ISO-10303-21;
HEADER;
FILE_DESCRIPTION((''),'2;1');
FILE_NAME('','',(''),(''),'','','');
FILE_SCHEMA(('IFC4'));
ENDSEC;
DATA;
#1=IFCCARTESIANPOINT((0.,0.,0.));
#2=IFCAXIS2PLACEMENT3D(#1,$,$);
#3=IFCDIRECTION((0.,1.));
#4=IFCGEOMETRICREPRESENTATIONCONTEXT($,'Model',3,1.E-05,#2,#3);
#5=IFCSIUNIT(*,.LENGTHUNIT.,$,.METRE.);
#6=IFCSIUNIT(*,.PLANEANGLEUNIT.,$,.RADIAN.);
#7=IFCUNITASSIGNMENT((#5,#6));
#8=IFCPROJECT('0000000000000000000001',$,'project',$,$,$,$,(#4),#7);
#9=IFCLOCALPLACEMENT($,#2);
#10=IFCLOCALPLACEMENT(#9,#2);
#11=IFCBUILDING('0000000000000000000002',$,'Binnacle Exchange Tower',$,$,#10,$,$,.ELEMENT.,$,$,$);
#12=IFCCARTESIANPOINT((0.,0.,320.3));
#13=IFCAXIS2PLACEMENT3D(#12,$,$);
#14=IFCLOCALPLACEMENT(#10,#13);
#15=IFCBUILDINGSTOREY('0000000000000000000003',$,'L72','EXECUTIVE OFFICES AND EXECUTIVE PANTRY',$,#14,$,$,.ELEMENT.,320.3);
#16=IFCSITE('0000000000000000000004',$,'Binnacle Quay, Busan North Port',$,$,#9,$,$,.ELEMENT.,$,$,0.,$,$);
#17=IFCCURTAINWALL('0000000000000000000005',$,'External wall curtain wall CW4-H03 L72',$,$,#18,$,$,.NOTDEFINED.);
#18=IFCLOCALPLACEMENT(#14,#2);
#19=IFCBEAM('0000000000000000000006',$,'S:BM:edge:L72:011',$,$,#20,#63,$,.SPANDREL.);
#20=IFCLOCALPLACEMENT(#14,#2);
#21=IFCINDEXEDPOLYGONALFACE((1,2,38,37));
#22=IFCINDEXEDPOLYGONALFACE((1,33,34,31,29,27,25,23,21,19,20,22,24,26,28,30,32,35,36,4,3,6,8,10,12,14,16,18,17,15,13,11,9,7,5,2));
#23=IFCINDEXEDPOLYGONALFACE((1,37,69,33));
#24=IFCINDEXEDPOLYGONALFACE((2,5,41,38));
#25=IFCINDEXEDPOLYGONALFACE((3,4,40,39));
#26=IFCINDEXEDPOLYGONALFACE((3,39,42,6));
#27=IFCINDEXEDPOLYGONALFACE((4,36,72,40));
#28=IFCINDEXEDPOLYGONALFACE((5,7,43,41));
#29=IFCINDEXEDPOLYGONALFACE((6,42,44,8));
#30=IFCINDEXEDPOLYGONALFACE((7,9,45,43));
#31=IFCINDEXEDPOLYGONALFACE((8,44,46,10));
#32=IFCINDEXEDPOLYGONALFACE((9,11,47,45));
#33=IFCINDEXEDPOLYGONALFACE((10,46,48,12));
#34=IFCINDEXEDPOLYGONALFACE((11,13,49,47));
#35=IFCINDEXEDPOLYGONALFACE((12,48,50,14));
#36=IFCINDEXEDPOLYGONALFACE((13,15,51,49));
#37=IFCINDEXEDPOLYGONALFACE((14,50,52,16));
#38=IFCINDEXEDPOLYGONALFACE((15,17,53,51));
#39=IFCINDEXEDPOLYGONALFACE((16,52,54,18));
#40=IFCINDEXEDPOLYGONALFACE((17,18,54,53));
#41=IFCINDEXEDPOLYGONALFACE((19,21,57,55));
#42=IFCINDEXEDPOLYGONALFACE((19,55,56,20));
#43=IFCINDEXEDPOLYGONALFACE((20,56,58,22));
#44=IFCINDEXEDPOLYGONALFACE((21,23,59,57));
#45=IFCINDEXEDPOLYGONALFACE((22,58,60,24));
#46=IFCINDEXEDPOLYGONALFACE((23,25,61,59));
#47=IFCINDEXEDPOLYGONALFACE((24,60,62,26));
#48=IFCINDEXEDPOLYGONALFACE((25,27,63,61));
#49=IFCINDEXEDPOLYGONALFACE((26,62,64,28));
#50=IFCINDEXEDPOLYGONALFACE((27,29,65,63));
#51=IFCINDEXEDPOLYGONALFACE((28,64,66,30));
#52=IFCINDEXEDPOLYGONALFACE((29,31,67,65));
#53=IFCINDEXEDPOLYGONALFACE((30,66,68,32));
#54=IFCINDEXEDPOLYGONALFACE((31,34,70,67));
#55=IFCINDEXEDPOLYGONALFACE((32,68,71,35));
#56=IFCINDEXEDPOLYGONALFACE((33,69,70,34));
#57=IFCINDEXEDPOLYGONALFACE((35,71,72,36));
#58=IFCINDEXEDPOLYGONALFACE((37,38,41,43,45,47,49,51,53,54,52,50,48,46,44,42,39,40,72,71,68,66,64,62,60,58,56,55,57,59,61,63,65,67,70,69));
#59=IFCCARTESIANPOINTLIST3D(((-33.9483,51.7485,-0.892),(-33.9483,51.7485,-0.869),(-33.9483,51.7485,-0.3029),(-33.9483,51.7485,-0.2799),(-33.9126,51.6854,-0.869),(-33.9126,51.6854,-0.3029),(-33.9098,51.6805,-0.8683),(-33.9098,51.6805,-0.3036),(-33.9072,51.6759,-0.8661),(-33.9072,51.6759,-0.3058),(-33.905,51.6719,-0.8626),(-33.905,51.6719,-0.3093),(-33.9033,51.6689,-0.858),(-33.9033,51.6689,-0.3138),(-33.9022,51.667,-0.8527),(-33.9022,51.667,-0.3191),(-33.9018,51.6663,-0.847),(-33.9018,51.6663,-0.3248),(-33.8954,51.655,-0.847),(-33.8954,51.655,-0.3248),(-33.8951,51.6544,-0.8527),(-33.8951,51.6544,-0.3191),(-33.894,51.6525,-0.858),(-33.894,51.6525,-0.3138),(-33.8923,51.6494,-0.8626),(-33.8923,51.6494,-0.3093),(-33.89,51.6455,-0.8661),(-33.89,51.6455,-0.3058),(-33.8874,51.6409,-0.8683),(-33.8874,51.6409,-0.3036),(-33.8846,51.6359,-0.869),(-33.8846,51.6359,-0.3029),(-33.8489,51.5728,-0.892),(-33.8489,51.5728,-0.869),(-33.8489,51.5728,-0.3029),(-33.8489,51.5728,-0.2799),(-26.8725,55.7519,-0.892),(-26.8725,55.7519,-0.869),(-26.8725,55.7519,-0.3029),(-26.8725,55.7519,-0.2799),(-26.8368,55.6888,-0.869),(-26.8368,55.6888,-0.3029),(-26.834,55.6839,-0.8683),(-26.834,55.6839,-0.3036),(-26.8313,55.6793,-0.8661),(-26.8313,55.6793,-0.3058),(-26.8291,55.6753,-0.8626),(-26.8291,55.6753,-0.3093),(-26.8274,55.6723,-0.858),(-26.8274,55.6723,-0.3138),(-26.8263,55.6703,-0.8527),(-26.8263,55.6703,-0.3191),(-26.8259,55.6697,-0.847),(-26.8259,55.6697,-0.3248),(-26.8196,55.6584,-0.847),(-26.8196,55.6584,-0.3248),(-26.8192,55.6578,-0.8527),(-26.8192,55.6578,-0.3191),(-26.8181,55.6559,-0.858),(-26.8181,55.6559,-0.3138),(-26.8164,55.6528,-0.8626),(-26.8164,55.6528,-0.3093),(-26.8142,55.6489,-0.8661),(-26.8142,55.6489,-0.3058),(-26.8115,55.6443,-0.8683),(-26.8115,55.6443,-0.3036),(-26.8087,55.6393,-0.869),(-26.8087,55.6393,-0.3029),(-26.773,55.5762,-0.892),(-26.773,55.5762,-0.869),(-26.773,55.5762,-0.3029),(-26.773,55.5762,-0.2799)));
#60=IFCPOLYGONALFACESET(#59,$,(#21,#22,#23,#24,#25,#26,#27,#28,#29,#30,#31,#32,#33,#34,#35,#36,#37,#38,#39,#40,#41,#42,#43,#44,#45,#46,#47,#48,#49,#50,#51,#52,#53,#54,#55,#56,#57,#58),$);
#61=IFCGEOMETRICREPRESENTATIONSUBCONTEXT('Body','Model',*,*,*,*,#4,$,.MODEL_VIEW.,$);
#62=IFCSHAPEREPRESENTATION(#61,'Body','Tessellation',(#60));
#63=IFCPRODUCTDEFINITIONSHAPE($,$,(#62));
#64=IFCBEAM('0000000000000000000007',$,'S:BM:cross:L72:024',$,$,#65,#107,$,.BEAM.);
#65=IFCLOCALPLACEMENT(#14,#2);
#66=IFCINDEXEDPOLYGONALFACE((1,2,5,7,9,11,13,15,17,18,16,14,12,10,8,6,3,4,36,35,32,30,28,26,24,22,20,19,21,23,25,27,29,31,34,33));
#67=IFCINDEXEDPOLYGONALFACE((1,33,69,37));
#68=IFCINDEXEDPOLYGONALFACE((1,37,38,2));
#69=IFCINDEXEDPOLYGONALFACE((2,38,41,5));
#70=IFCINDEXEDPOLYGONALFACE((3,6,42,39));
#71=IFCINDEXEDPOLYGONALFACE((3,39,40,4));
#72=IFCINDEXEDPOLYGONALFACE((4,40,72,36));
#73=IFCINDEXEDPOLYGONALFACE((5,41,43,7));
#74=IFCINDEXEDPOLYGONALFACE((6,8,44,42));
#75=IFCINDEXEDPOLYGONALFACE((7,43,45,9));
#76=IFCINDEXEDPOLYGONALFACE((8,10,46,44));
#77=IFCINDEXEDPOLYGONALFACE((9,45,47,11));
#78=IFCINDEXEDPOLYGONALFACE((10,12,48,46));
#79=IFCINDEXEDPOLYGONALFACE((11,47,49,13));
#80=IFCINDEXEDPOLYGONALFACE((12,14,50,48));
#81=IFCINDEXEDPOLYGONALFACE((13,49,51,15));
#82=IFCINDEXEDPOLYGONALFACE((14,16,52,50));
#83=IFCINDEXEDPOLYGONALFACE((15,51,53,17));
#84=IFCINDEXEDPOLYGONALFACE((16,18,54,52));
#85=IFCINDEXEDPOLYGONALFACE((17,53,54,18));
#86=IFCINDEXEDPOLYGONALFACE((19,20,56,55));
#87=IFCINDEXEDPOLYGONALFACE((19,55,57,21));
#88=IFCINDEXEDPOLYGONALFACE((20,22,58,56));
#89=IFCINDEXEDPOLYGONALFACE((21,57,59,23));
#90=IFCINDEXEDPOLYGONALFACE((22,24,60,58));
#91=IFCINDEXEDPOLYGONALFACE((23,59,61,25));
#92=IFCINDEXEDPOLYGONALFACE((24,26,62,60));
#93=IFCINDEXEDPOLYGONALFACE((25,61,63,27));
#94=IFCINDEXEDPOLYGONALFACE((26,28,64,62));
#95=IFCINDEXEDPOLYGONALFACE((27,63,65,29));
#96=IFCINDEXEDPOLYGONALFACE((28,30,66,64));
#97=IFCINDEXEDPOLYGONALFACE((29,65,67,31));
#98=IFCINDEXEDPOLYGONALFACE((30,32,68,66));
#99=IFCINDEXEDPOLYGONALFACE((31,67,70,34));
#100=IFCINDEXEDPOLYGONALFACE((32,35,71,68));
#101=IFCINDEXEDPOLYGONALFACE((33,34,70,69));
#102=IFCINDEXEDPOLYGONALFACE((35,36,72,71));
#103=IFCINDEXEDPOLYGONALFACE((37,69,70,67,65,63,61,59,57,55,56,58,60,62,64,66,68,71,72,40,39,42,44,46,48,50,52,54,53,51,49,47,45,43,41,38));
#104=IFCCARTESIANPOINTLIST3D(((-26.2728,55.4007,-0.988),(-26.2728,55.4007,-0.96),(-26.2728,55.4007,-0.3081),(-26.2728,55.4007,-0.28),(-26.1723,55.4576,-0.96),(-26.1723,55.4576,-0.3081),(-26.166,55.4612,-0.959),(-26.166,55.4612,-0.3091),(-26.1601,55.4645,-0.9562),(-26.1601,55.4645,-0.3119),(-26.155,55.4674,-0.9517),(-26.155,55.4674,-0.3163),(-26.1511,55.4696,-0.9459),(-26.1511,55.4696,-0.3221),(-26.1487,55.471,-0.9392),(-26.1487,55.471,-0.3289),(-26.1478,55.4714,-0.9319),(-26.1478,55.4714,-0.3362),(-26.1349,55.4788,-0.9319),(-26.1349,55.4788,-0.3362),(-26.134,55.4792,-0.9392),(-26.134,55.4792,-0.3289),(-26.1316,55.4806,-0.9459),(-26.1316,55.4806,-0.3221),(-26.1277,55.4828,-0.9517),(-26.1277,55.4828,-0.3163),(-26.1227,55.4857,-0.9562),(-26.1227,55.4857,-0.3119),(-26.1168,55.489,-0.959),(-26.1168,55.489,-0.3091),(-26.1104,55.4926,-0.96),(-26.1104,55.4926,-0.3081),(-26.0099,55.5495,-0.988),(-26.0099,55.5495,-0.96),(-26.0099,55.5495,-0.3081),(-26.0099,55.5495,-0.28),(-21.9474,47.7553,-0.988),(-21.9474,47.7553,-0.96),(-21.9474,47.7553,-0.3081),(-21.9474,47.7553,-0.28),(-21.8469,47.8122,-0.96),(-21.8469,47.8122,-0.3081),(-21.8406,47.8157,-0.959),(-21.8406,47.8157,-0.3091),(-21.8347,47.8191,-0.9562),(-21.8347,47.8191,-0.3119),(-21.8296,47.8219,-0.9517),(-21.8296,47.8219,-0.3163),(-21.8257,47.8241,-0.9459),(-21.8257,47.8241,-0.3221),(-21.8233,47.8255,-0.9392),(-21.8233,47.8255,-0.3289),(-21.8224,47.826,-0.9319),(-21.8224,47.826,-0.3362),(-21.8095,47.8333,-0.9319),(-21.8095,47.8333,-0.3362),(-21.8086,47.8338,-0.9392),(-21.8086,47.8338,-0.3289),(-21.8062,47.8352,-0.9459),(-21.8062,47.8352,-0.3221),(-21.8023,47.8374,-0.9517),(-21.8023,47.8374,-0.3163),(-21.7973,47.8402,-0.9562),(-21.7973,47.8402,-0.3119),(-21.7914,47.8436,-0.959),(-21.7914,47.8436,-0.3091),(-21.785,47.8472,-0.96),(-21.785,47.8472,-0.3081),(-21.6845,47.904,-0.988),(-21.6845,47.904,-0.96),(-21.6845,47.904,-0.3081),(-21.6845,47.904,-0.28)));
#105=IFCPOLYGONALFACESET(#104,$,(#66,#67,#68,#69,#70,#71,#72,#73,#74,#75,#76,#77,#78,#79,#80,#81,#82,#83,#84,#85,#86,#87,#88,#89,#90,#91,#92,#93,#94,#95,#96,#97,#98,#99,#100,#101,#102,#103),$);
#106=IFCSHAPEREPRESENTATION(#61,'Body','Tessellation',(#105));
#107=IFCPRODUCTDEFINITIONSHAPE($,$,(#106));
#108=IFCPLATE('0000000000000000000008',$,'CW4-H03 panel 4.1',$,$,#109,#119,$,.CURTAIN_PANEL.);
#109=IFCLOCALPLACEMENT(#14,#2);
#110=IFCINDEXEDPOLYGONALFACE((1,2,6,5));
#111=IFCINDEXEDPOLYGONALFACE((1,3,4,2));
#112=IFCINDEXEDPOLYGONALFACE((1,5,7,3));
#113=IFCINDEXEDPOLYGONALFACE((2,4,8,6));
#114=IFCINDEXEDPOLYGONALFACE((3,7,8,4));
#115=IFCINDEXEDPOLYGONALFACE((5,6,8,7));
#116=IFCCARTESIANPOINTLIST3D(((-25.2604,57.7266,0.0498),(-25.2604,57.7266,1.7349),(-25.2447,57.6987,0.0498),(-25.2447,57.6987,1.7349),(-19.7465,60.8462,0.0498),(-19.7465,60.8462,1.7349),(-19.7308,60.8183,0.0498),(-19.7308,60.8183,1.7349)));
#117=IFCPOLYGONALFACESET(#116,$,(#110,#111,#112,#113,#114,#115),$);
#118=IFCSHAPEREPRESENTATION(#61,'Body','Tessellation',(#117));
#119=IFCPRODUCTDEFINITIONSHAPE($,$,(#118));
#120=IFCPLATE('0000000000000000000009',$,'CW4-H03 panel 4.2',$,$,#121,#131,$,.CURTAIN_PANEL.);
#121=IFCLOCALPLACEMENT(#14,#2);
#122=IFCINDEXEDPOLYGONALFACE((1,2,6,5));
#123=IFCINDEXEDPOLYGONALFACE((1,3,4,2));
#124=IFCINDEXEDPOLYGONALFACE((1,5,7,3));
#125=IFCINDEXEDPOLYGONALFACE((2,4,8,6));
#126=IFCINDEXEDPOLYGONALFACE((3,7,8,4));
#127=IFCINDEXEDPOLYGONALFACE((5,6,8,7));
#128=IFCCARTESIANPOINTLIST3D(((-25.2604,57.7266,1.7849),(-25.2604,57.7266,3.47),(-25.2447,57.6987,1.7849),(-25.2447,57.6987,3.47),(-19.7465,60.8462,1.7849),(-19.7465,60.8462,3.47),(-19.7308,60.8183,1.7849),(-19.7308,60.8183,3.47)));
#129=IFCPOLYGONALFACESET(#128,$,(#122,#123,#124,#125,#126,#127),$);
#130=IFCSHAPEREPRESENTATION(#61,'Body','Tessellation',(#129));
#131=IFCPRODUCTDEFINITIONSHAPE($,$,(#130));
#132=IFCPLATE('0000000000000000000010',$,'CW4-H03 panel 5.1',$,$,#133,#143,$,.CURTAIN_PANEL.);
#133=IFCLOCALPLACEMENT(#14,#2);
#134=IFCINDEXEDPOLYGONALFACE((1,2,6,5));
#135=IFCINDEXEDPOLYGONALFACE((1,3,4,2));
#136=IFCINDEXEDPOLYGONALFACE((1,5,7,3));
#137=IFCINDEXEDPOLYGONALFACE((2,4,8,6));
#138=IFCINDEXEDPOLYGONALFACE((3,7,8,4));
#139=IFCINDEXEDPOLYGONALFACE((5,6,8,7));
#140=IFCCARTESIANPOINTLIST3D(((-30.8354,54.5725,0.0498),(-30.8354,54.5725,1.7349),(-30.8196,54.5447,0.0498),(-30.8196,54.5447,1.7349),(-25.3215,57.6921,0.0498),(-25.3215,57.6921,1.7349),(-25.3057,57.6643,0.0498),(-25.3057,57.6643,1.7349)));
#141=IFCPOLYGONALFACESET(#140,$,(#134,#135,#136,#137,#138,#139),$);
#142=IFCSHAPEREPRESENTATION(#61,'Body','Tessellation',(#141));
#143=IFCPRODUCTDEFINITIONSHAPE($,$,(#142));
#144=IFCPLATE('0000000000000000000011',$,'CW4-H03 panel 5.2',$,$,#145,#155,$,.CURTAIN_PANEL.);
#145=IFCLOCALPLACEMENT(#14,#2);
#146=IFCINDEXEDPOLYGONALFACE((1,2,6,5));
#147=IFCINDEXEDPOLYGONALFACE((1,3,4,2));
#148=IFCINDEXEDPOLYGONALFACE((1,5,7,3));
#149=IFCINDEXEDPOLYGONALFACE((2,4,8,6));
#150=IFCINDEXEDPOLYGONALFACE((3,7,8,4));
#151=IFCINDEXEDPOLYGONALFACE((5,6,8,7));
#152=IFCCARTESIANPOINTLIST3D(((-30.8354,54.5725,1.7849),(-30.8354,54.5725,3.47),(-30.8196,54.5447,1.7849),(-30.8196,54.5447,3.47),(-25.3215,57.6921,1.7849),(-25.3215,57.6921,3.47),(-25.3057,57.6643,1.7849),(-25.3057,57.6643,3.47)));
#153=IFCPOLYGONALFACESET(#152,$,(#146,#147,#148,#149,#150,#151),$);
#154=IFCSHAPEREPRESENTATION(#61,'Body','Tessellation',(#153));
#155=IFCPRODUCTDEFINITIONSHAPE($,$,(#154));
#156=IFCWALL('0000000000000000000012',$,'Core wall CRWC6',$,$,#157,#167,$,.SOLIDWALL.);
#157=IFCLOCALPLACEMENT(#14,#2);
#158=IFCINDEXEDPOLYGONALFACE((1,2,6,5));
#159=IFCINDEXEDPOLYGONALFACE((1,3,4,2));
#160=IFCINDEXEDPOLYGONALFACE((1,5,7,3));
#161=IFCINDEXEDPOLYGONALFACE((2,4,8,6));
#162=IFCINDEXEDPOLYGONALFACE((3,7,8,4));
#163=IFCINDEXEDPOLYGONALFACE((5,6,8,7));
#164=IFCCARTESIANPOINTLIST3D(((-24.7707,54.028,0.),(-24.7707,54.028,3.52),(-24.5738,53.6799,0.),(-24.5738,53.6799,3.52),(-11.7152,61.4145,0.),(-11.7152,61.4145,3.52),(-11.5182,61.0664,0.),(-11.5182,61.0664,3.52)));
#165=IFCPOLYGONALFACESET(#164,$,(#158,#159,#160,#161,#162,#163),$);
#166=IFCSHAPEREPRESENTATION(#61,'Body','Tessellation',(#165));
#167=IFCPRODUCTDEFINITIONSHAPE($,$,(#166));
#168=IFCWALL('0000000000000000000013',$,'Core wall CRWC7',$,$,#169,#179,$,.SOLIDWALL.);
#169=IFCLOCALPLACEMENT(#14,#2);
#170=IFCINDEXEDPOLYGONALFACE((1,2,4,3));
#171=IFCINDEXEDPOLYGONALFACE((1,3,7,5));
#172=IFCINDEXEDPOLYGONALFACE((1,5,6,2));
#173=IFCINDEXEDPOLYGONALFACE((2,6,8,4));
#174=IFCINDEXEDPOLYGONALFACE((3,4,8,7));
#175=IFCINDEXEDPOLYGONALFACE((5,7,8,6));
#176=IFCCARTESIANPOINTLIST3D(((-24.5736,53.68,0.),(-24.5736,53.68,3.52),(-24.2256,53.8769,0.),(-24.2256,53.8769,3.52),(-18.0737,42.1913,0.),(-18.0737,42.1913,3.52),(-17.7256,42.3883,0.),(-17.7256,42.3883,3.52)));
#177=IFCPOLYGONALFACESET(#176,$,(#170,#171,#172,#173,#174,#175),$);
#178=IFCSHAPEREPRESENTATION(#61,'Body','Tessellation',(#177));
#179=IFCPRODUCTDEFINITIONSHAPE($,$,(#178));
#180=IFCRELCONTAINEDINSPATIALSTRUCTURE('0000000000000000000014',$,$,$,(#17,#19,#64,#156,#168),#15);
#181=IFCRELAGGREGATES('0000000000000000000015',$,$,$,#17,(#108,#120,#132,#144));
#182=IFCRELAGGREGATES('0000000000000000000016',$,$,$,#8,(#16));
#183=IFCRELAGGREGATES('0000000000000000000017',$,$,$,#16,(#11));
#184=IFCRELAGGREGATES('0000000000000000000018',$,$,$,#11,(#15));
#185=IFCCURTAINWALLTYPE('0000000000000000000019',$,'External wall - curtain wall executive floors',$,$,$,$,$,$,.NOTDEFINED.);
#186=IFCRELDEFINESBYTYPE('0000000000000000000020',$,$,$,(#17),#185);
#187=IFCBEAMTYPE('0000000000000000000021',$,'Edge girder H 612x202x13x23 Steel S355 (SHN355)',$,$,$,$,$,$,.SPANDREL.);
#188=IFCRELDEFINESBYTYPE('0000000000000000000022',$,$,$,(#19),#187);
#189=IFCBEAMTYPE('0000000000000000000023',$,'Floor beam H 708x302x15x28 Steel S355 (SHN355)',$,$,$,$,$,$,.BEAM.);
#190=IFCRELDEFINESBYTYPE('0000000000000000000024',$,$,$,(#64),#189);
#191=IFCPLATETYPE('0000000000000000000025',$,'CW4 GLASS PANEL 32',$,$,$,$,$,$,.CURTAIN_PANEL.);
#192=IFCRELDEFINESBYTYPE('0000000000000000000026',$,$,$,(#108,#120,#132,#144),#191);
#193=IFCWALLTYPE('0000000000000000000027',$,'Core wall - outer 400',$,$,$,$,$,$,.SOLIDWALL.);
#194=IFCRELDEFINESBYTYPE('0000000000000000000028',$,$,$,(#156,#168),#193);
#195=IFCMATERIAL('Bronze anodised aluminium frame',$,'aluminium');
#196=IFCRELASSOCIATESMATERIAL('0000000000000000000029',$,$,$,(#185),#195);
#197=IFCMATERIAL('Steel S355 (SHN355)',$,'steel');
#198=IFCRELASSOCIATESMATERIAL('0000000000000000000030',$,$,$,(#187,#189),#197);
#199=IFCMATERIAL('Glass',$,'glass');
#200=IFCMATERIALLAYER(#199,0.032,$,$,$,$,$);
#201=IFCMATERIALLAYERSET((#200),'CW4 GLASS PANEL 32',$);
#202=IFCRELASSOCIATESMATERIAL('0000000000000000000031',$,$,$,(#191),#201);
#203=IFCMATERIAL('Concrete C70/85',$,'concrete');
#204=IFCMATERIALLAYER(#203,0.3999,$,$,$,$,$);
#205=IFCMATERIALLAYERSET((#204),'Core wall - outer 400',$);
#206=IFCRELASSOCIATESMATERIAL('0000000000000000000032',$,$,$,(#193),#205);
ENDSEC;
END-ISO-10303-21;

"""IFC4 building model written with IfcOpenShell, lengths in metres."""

from ifc_helpers import new_model, si_unit, direction, frame, frame_2d, origin, origin_2d, place, context, subcontext, project, spatial, rectangle, i_section, extrude, material, layer, layer_set, material_profile, profile_set, type_object, element, aggregate, save


model = new_model("IFC4")

# Units and contexts
model_context = context("Model", 3, precision=1e-05, world=origin(), true_north=direction((0.0, 1.0)))
body_context = subcontext(model_context, "Body", "Model", "MODEL_VIEW")
ifc_project = project(units=[si_unit("LENGTHUNIT", "METRE"), si_unit("PLANEANGLEUNIT", "RADIAN")], contexts=[model_context])

# Site, building, storey
site_placement = place(None, origin())
site = spatial("IfcSite", under=ifc_project, at=site_placement, Name="Binnacle Quay, Busan North Port", CompositionType="ELEMENT", RefElevation=0.0)
building_placement = place(site_placement, origin())
building = spatial("IfcBuilding", under=site, at=building_placement, Name="Binnacle Exchange Tower", CompositionType="ELEMENT")
storey_placement = place(building_placement, frame((0.0, 0.0, 320.3)))
storey = spatial("IfcBuildingStorey", under=building, at=storey_placement, Name="L72", Description="EXECUTIVE OFFICES AND EXECUTIVE PANTRY", CompositionType="ELEMENT", Elevation=320.3)

# Curtain wall
ifc_material_1 = material(Name="Bronze anodised aluminium frame", Category="aluminium")
curtain_wall_type = type_object("IfcCurtainWallType", Name="External wall - curtain wall executive floors", PredefinedType="NOTDEFINED", material=ifc_material_1)
curtain_wall_placement = place(storey_placement, origin())
curtain_wall = element("IfcCurtainWall", 1, at=curtain_wall_placement, inside=storey, type_object=curtain_wall_type, Name="External wall curtain wall CW4-H03 L72", PredefinedType="NOTDEFINED")

# Beams
ifc_material_2 = material(Name="Steel S355 (SHN355)", Category="steel")
ifc_material_profile_1 = material_profile(ifc_material_2, i_section(OverallWidth=0.2019, OverallDepth=0.6121, WebThickness=0.0129, FlangeThickness=0.0229, FilletRadius=0.022, at=origin_2d()), Name="H 612x202x13x23")
ifc_profile_set_1 = profile_set([ifc_material_profile_1], Name="Steel S355 (SHN355)")
beam_type_1 = type_object("IfcBeamType", Name="Edge girder H 612x202x13x23 Steel S355 (SHN355)", PredefinedType="SPANDREL", material=ifc_profile_set_1)
beam_1_placement = place(storey_placement, frame((-26.8228, 55.6641, -0.5859), z_axis=(-0.870353, -0.492428, 0.0), x_axis=(0.492428, -0.870353, 0.0)))
element("IfcBeam", 2, at=beam_1_placement, inside=storey, type_object=beam_type_1, Name="S:BM:edge:L72:011", PredefinedType="SPANDREL", context=body_context, shape_type="SweptSolid", body=[
    extrude(i_section(OverallWidth=0.2019, OverallDepth=0.6121, WebThickness=0.0129, FlangeThickness=0.0229, FilletRadius=0.022, at=origin_2d()), origin(), (0.0, 0.0, 1.0), 8.1299),
])
ifc_material_profile_2 = material_profile(ifc_material_2, i_section(OverallWidth=0.302, OverallDepth=0.708, WebThickness=0.0149, FlangeThickness=0.0281, FilletRadius=0.0281, at=origin_2d()), Name="H 708x302x15x28")
ifc_profile_set_2 = profile_set([ifc_material_profile_2], Name="Steel S355 (SHN355)")
beam_type_2 = type_object("IfcBeamType", Name="Floor beam H 708x302x15x28 Steel S355 (SHN355)", PredefinedType="BEAM", material=ifc_profile_set_2)
beam_2_placement = place(storey_placement, frame((-26.1414, 55.4751, -0.634), z_axis=(0.492408, -0.870365, 0.0), x_axis=(0.870365, 0.492408, 0.0)))
element("IfcBeam", 3, at=beam_2_placement, inside=storey, type_object=beam_type_2, Name="S:BM:cross:L72:024", PredefinedType="BEAM", context=body_context, shape_type="SweptSolid", body=[
    extrude(i_section(OverallWidth=0.302, OverallDepth=0.708, WebThickness=0.0149, FlangeThickness=0.0281, FilletRadius=0.0281, at=origin_2d()), origin(), (0.0, 0.0, 1.0), 8.7842),
])

# Plates
ifc_material_3 = material(Name="Glass", Category="glass")
ifc_layer_1 = layer(ifc_material_3, 0.032)
ifc_layer_set_1 = layer_set([ifc_layer_1], Name="CW4 GLASS PANEL 32")
plate_type = type_object("IfcPlateType", Name="CW4 GLASS PANEL 32", PredefinedType="CURTAIN_PANEL", material=ifc_layer_set_1)
plate_1_placement = place(storey_placement, frame((-22.4956, 59.2725, 0.0498), z_axis=(0.0, 0.0, 1.0), x_axis=(-0.870356, -0.492424, 0.0)))
plate_1 = element("IfcPlate", 4, at=plate_1_placement, type_object=plate_type, Name="CW4-H03 panel 4.1", PredefinedType="CURTAIN_PANEL", context=body_context, shape_type="SweptSolid", body=[
    extrude(rectangle(XDim=6.3352, YDim=0.032, at=origin_2d()), origin(), (0.0, 0.0, 1.0), 1.6851),
])
plate_2_placement = place(storey_placement, frame((-22.4956, 59.2725, 1.7849), z_axis=(0.0, 0.0, 1.0), x_axis=(-0.870356, -0.492424, 0.0)))
plate_2 = element("IfcPlate", 5, at=plate_2_placement, type_object=plate_type, Name="CW4-H03 panel 4.2", PredefinedType="CURTAIN_PANEL", context=body_context, shape_type="SweptSolid", body=[
    extrude(rectangle(XDim=6.3352, YDim=0.032, at=origin_2d()), origin(), (0.0, 0.0, 1.0), 1.6851),
])
plate_3_placement = place(storey_placement, frame((-28.0706, 56.1184, 0.0498), z_axis=(0.0, 0.0, 1.0), x_axis=(-0.870356, -0.492424, 0.0)))
plate_3 = element("IfcPlate", 6, at=plate_3_placement, type_object=plate_type, Name="CW4-H03 panel 5.1", PredefinedType="CURTAIN_PANEL", context=body_context, shape_type="SweptSolid", body=[
    extrude(rectangle(XDim=6.3352, YDim=0.032, at=origin_2d()), origin(), (0.0, 0.0, 1.0), 1.6851),
])
plate_4_placement = place(storey_placement, frame((-28.0706, 56.1184, 1.7849), z_axis=(0.0, 0.0, 1.0), x_axis=(-0.870356, -0.492424, 0.0)))
plate_4 = element("IfcPlate", 7, at=plate_4_placement, type_object=plate_type, Name="CW4-H03 panel 5.2", PredefinedType="CURTAIN_PANEL", context=body_context, shape_type="SweptSolid", body=[
    extrude(rectangle(XDim=6.3352, YDim=0.032, at=origin_2d()), origin(), (0.0, 0.0, 1.0), 1.6851),
])
aggregate(curtain_wall, [plate_1, plate_2, plate_3, plate_4])

# Walls
ifc_material_4 = material(Name="Concrete C70/85", Category="concrete")
ifc_layer_2 = layer(ifc_material_4, 0.3999)
ifc_layer_set_2 = layer_set([ifc_layer_2], Name="Core wall - outer 400")
wall_type_1 = type_object("IfcWallType", Name="Core wall - outer 400", PredefinedType="SOLIDWALL", material=ifc_layer_set_2)
wall_1_placement = place(storey_placement, frame((-24.6721, 53.854, 0.0), z_axis=(0.0, 0.0, 1.0), x_axis=(0.870354, 0.492427, 0.0)))
element("IfcWall", 8, at=wall_1_placement, inside=storey, type_object=wall_type_1, Name="Core wall CRWC6", PredefinedType="SOLIDWALL", context=body_context, shape_type="SweptSolid", body=[
    extrude(rectangle(XDim=15.0002, YDim=0.3999, at=frame_2d((7.5, 0.0))), origin(), (0.0, 0.0, 1.0), 3.52),
])
wall_2_placement = place(storey_placement, frame((-24.3997, 53.7786, 0.0), z_axis=(0.0, 0.0, 1.0), x_axis=(0.492422, -0.870357, 0.0)))
element("IfcWall", 9, at=wall_2_placement, inside=storey, type_object=wall_type_1, Name="Core wall CRWC7", PredefinedType="SOLIDWALL", context=body_context, shape_type="SweptSolid", body=[
    extrude(rectangle(XDim=13.2, YDim=0.3999, at=frame_2d((6.6001, 0.0))), origin(), (0.0, 0.0, 1.0), 3.52),
])

save(model, "model.ifc")
